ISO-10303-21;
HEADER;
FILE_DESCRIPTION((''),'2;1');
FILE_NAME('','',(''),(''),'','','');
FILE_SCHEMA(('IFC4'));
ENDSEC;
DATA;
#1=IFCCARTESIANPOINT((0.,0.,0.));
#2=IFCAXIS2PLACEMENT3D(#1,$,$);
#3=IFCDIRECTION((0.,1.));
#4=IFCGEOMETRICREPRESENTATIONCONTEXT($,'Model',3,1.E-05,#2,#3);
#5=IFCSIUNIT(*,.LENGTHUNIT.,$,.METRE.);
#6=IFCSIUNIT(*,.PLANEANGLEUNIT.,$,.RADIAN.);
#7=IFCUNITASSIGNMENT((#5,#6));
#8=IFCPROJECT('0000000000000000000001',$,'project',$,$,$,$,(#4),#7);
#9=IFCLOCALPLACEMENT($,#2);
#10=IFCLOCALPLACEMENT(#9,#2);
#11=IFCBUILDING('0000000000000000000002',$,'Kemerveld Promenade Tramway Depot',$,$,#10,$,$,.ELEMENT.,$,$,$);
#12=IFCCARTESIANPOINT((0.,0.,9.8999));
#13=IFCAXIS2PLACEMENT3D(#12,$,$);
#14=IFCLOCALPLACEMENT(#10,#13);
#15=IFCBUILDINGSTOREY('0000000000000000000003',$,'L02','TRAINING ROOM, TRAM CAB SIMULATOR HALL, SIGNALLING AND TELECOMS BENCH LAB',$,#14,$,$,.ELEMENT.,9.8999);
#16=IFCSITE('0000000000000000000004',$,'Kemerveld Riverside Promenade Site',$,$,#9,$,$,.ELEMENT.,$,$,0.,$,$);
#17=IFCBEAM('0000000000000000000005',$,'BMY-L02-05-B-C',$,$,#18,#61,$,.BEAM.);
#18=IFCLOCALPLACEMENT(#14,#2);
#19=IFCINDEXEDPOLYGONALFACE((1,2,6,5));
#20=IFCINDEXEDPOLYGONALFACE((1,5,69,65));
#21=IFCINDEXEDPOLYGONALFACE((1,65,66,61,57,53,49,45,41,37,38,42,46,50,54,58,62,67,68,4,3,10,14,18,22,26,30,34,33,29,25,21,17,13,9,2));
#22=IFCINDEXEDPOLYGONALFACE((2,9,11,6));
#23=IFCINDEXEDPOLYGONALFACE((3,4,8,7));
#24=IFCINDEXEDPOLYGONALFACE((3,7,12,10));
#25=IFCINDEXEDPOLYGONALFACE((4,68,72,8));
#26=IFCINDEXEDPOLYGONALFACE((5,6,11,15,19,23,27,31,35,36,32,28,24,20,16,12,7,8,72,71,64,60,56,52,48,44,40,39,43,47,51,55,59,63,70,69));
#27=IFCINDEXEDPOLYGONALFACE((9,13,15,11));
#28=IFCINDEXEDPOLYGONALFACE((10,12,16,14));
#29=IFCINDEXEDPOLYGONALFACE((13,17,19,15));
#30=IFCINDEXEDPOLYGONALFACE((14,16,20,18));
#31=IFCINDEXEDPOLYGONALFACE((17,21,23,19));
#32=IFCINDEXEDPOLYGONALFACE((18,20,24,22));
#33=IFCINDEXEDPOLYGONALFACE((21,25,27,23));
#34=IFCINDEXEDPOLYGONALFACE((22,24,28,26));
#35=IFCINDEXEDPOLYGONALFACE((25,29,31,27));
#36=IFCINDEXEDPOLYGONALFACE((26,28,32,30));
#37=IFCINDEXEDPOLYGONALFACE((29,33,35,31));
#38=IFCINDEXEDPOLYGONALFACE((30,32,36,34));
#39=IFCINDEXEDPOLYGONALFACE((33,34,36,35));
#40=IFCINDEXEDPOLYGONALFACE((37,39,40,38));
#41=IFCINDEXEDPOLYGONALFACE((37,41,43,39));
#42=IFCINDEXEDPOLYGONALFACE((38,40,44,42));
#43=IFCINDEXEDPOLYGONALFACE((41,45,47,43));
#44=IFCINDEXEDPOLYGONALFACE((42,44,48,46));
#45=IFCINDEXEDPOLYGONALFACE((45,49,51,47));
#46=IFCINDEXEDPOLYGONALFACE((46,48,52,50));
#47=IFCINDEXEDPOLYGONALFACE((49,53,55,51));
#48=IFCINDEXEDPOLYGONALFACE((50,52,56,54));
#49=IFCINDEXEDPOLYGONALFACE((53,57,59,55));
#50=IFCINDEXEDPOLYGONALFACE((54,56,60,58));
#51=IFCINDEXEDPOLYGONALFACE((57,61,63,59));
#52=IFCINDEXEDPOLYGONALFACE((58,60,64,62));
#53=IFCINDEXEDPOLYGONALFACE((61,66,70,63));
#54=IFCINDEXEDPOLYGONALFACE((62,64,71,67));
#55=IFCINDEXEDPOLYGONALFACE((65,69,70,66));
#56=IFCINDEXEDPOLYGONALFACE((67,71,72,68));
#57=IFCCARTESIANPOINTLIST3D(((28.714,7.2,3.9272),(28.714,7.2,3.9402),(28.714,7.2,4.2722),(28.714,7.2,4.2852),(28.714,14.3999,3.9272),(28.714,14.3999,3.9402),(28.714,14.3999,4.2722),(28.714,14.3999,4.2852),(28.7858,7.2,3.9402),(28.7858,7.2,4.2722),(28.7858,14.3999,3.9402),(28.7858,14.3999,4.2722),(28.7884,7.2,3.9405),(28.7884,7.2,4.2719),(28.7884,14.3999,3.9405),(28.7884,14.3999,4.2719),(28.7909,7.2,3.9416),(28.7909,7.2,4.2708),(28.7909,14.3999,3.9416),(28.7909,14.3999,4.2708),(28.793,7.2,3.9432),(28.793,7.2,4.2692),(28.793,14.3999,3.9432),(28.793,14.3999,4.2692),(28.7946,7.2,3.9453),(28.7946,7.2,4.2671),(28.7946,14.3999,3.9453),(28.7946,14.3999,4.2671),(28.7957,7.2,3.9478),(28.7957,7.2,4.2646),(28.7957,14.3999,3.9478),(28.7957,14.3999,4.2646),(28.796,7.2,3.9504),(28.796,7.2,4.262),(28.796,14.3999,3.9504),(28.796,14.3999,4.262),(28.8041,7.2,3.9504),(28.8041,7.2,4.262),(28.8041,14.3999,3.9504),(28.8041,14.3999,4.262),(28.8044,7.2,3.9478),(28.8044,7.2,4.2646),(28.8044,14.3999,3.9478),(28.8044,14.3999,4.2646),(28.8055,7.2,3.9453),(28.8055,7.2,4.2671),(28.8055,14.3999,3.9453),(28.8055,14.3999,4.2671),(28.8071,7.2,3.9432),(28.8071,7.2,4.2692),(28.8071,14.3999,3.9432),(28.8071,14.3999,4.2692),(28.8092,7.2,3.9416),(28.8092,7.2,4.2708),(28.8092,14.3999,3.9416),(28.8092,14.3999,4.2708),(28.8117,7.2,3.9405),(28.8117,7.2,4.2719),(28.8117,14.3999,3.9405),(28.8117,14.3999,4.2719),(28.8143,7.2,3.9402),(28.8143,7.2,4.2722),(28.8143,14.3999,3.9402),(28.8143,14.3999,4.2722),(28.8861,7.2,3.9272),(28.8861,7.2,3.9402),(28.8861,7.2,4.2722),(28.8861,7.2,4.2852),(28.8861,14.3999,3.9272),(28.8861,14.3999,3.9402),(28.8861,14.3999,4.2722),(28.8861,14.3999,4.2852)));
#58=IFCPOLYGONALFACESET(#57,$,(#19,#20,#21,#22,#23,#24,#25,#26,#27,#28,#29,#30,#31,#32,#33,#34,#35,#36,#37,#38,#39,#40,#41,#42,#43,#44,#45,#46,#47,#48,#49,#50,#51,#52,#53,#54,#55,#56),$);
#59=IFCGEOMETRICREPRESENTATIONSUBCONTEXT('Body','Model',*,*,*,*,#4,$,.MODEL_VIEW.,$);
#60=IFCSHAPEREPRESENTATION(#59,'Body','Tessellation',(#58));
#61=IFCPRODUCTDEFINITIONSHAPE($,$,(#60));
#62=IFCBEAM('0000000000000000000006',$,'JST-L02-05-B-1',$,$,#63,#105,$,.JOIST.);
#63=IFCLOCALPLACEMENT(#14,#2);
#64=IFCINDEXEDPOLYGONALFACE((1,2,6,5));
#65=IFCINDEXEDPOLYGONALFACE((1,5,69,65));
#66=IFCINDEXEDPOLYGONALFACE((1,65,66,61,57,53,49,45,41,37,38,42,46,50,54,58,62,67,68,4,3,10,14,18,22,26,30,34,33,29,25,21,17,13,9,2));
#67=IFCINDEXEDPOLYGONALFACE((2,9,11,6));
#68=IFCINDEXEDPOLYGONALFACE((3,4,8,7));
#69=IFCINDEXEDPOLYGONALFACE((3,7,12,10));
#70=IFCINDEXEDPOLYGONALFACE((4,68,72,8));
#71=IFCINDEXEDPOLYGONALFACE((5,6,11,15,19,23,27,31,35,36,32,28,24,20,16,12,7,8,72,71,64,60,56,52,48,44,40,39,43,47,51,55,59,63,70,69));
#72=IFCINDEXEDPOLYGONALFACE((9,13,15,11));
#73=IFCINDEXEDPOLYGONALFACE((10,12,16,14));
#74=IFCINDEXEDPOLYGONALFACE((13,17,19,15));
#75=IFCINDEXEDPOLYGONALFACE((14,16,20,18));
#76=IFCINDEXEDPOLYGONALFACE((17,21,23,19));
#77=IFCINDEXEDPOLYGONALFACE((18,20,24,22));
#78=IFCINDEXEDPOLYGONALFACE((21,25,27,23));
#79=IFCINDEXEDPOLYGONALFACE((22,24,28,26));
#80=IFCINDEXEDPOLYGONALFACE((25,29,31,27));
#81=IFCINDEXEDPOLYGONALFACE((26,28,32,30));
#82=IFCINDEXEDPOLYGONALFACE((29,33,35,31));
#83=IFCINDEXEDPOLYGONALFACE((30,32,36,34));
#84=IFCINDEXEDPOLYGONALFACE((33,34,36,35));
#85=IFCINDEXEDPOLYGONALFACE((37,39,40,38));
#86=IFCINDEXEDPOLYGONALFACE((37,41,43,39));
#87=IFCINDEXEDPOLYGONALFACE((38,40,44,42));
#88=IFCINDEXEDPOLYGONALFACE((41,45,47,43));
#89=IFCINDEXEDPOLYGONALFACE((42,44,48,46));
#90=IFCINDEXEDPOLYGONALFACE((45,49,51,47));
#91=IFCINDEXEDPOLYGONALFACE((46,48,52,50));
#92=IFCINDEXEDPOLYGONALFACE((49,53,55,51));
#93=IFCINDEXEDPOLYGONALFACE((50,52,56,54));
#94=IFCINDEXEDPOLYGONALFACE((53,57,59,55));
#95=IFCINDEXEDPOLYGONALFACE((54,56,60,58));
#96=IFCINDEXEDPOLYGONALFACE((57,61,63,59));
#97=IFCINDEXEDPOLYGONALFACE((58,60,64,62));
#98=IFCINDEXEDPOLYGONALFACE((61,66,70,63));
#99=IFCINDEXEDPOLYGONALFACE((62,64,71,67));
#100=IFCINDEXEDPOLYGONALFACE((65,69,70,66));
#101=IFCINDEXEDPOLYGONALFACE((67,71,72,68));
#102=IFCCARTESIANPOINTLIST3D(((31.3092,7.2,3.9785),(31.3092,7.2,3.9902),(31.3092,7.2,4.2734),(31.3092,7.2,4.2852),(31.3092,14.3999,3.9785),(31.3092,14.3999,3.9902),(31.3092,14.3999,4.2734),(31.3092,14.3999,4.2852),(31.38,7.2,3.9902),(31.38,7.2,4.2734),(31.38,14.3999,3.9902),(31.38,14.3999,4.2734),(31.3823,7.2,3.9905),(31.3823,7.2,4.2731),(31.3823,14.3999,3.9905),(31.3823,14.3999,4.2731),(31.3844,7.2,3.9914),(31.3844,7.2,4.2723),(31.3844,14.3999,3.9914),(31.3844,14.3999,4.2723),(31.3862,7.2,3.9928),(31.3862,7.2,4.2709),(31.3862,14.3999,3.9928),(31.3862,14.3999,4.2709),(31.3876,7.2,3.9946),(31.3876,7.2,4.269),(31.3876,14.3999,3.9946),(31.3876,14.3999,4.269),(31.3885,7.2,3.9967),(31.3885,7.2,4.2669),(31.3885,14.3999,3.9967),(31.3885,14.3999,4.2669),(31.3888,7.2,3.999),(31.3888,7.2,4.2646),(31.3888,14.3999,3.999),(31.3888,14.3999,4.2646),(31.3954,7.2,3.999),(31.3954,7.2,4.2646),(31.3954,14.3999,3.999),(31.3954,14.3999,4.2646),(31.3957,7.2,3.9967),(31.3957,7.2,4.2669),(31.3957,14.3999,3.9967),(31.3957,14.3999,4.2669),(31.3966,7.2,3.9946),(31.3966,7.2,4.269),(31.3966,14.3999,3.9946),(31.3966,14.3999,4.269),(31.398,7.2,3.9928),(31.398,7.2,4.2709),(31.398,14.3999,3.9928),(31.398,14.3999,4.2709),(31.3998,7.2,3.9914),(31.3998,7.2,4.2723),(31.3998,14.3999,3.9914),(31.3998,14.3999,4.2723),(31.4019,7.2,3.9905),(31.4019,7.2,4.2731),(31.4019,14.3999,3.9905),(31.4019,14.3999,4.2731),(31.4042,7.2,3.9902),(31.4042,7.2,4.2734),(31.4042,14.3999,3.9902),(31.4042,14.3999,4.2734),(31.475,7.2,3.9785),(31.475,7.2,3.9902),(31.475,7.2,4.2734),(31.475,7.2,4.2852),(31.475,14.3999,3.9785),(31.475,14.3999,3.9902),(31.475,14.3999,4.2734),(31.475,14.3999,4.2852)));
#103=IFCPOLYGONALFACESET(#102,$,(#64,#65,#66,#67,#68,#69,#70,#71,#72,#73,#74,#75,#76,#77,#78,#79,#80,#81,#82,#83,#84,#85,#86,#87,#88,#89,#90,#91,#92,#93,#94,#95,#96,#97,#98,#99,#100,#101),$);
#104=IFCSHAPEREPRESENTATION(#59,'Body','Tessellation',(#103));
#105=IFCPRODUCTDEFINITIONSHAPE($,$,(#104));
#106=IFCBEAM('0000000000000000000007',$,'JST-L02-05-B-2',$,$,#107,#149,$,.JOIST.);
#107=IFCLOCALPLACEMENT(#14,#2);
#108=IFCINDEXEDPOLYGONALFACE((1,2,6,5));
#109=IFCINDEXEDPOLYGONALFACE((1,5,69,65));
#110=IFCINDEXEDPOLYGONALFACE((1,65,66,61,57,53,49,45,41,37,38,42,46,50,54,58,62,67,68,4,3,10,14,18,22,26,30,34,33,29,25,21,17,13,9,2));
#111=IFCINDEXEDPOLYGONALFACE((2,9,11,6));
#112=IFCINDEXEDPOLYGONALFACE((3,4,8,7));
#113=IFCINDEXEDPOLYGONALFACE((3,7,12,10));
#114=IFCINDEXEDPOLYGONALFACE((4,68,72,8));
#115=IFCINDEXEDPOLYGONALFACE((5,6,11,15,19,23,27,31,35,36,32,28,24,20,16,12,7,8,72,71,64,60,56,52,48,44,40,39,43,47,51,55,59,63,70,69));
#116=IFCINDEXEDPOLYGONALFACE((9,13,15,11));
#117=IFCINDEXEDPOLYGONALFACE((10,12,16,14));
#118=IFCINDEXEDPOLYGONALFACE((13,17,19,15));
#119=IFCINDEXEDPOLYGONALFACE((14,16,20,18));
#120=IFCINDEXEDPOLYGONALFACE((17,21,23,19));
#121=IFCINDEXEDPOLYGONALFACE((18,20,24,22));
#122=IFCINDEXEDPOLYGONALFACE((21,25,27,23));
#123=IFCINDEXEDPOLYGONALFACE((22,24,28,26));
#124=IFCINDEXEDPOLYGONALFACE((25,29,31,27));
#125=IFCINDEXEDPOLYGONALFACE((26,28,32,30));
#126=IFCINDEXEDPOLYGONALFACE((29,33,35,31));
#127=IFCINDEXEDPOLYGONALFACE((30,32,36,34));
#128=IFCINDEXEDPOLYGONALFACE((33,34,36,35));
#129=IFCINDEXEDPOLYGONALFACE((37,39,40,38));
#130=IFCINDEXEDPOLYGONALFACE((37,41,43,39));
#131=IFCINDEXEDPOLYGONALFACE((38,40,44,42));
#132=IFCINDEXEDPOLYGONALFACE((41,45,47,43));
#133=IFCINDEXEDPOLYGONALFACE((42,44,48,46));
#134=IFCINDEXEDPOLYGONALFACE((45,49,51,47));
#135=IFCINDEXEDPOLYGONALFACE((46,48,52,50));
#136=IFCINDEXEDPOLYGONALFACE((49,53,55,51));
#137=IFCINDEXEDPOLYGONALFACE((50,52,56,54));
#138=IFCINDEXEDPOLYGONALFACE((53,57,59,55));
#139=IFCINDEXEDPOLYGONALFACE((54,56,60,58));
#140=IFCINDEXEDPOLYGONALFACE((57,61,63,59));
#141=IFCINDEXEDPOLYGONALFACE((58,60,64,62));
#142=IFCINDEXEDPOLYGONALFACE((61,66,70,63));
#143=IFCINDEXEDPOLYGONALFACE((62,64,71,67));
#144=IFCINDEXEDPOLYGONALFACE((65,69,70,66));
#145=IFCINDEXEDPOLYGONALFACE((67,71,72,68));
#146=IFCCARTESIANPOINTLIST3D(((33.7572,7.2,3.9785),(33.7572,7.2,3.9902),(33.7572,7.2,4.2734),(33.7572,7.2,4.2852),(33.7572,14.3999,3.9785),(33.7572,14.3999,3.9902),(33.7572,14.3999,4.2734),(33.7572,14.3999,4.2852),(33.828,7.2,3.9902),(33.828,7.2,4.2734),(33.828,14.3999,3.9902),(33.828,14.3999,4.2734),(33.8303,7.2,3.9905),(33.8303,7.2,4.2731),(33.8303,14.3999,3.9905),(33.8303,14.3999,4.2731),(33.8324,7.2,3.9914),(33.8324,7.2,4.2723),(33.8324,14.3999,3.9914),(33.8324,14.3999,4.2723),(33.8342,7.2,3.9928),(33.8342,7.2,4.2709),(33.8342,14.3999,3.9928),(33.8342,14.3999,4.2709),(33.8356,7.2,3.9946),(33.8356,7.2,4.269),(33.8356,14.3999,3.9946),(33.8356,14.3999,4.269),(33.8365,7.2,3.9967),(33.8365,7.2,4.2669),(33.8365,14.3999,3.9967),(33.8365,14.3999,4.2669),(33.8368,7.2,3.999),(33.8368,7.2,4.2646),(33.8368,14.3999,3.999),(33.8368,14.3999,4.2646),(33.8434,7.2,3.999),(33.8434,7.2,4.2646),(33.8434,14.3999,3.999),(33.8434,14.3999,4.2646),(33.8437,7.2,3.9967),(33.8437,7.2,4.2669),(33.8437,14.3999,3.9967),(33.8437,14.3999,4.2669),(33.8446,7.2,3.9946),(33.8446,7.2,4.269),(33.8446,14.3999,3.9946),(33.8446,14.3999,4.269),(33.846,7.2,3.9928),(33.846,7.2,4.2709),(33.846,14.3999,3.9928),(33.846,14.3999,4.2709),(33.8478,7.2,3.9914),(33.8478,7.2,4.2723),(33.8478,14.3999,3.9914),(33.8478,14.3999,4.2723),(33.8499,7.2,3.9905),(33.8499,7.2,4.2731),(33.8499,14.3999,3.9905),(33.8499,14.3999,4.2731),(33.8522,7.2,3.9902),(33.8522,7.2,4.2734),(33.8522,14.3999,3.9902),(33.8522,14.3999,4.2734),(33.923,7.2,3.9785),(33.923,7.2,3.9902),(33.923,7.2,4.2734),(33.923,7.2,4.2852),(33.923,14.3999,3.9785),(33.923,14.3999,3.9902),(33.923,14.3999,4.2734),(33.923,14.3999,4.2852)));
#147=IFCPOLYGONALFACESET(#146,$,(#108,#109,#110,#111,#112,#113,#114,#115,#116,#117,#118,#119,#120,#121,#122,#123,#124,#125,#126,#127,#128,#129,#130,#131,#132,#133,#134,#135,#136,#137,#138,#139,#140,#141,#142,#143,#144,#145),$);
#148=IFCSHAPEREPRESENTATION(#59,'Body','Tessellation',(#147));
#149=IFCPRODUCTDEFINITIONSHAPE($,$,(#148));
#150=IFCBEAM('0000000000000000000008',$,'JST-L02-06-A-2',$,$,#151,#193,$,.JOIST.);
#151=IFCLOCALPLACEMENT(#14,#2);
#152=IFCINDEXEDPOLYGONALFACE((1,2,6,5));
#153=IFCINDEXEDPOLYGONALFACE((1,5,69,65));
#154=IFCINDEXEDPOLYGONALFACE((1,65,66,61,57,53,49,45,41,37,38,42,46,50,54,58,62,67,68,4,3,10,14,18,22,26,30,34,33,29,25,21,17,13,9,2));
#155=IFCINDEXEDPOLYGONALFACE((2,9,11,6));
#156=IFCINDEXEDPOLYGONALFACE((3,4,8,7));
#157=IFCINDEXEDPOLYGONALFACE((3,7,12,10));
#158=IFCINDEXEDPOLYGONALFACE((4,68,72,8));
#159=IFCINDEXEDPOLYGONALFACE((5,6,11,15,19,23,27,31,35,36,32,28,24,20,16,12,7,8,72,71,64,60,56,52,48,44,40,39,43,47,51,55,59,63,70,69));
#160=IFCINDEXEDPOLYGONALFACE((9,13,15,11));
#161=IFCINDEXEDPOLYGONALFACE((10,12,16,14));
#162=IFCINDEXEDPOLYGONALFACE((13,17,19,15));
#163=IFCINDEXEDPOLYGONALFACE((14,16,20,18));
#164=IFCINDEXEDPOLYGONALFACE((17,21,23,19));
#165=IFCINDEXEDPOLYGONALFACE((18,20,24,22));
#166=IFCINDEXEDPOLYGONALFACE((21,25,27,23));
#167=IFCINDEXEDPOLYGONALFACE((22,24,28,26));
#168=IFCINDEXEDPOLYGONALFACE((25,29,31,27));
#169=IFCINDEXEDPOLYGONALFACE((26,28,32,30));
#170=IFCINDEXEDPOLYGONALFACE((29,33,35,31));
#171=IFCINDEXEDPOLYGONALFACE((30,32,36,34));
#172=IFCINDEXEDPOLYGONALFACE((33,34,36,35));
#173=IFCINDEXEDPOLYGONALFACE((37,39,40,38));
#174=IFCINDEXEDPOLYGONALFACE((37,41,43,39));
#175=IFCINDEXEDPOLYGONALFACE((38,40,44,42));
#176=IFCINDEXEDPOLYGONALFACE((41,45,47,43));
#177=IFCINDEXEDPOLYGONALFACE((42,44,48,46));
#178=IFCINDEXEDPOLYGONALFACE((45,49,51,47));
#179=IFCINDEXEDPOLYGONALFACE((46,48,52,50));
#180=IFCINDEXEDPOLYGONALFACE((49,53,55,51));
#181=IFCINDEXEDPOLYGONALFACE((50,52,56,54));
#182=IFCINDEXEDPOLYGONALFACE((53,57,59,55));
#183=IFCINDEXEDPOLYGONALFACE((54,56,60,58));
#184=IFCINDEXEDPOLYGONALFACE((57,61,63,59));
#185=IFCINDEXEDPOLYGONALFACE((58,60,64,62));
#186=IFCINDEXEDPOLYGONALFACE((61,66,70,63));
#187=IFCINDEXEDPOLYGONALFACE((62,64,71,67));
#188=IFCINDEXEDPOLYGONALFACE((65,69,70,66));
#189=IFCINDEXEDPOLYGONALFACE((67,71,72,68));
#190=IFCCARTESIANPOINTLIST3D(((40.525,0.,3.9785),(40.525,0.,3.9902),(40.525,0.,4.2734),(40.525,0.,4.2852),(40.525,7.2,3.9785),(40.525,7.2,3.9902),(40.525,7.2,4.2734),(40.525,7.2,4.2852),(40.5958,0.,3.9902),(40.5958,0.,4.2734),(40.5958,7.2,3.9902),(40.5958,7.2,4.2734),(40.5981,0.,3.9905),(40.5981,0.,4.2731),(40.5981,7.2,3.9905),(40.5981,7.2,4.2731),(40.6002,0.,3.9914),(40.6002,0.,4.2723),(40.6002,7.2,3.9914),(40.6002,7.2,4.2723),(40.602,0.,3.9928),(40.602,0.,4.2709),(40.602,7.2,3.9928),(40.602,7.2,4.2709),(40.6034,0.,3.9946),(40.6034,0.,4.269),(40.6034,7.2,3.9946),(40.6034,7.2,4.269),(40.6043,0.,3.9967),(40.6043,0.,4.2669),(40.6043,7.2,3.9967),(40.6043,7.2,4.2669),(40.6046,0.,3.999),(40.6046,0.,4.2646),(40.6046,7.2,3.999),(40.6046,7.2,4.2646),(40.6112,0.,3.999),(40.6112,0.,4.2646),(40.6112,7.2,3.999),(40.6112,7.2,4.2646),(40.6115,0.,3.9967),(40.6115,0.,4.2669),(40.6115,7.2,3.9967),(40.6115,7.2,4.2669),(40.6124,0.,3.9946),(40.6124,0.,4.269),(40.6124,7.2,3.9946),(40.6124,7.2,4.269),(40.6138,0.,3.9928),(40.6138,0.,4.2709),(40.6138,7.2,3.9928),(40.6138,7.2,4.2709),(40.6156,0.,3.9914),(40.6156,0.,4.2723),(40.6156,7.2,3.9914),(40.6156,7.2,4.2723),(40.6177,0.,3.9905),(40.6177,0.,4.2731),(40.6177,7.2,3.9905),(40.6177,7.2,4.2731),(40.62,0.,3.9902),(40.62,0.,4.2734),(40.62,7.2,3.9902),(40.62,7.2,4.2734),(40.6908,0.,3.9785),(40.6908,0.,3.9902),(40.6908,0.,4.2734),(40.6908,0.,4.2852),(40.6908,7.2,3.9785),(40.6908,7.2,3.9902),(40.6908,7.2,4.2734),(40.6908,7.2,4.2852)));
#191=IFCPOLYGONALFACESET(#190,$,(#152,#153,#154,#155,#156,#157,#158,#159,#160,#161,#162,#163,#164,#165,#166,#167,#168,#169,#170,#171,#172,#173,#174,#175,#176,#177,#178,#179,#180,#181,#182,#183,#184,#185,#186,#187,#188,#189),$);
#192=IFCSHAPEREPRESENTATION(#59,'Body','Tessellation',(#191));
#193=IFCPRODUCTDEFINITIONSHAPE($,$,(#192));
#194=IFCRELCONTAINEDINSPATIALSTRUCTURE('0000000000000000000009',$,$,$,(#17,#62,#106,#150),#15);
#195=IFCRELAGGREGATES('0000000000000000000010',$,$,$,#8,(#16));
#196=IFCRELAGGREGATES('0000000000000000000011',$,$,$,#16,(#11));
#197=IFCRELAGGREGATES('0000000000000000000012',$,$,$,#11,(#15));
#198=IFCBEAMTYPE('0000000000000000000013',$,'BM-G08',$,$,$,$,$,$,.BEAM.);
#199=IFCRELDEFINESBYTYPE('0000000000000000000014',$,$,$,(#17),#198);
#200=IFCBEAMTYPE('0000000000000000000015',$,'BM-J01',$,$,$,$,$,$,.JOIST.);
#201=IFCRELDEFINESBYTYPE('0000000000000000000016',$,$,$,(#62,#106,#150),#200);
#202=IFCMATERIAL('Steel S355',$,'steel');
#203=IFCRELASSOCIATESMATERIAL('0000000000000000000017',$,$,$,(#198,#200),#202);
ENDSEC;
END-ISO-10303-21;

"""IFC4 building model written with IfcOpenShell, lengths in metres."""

from ifc_helpers import new_model, si_unit, direction, frame, origin, origin_2d, place, context, subcontext, project, spatial, i_section, extrude, material, material_profile, profile_set, type_object, element, save


model = new_model("IFC4")

# Units and contexts
model_context = context("Model", 3, precision=1e-05, world=origin(), true_north=direction((0.0, 1.0)))
body_context = subcontext(model_context, "Body", "Model", "MODEL_VIEW")
ifc_project = project(units=[si_unit("LENGTHUNIT", "METRE"), si_unit("PLANEANGLEUNIT", "RADIAN")], contexts=[model_context])

# Site, building, storey
site_placement = place(None, origin())
site = spatial("IfcSite", under=ifc_project, at=site_placement, Name="Kemerveld Riverside Promenade Site", CompositionType="ELEMENT", RefElevation=0.0)
building_placement = place(site_placement, origin())
building = spatial("IfcBuilding", under=site, at=building_placement, Name="Kemerveld Promenade Tramway Depot", CompositionType="ELEMENT")
storey_placement = place(building_placement, frame((0.0, 0.0, 9.8999)))
storey = spatial("IfcBuildingStorey", under=building, at=storey_placement, Name="L02", Description="TRAINING ROOM, TRAM CAB SIMULATOR HALL, SIGNALLING AND TELECOMS BENCH LAB", CompositionType="ELEMENT", Elevation=9.8999)

# Shared definitions
ifc_material_1 = material(Name="Steel S355", Category="steel")

# Beams
ifc_material_profile_1 = material_profile(ifc_material_1, i_section(OverallWidth=0.1721, OverallDepth=0.3579, WebThickness=0.0081, FlangeThickness=0.0129, FilletRadius=0.0103, at=origin_2d()), Name="356x171x57 UB")
ifc_profile_set_1 = profile_set([ifc_material_profile_1], Name="Steel S355")
beam_type_1 = type_object("IfcBeamType", Name="BM-G08", PredefinedType="BEAM", material=ifc_profile_set_1)
beam_1_placement = place(storey_placement, frame((28.8, 7.2, 4.1062), z_axis=(0.0, 1.0, 0.0), x_axis=(-1.0, 0.0, 0.0)))
element("IfcBeam", 1, at=beam_1_placement, inside=storey, type_object=beam_type_1, Name="BMY-L02-05-B-C", PredefinedType="BEAM", context=body_context, shape_type="SweptSolid", body=[
    extrude(i_section(OverallWidth=0.1721, OverallDepth=0.3579, WebThickness=0.0081, FlangeThickness=0.0129, FilletRadius=0.0103, at=origin_2d()), origin(), (0.0, 0.0, 1.0), 7.2),
])
ifc_material_profile_2 = material_profile(ifc_material_1, i_section(OverallWidth=0.1658, OverallDepth=0.3066, WebThickness=0.0066, FlangeThickness=0.0117, FilletRadius=0.0088, at=origin_2d()), Name="305x165x46 UB")
ifc_profile_set_2 = profile_set([ifc_material_profile_2], Name="Steel S355")
beam_type_2 = type_object("IfcBeamType", Name="BM-J01", PredefinedType="JOIST", material=ifc_profile_set_2)
for number, where, z_axis, x_axis, name in (
    (2, (31.3921, 7.2, 4.1318), (0.0, 1.0, 0.0), (-1.0, 0.0, 0.0), "JST-L02-05-B-1"),
    (3, (33.8401, 7.2, 4.1318), (0.0, 1.0, 0.0), (-1.0, 0.0, 0.0), "JST-L02-05-B-2"),
    (4, (40.6079, 0.0, 4.1318), (0.0, 1.0, 0.0), (-1.0, 0.0, 0.0), "JST-L02-06-A-2"),
):
    element("IfcBeam", number, at=place(storey_placement, frame(where, z_axis=z_axis, x_axis=x_axis)), inside=storey, type_object=beam_type_2, Name=name, PredefinedType="JOIST", context=body_context, shape_type="SweptSolid", body=[
        extrude(i_section(OverallWidth=0.1658, OverallDepth=0.3066, WebThickness=0.0066, FlangeThickness=0.0117, FilletRadius=0.0088, at=origin_2d()), origin(), (0.0, 0.0, 1.0), 7.2),
    ])

save(model, "model.ifc")
